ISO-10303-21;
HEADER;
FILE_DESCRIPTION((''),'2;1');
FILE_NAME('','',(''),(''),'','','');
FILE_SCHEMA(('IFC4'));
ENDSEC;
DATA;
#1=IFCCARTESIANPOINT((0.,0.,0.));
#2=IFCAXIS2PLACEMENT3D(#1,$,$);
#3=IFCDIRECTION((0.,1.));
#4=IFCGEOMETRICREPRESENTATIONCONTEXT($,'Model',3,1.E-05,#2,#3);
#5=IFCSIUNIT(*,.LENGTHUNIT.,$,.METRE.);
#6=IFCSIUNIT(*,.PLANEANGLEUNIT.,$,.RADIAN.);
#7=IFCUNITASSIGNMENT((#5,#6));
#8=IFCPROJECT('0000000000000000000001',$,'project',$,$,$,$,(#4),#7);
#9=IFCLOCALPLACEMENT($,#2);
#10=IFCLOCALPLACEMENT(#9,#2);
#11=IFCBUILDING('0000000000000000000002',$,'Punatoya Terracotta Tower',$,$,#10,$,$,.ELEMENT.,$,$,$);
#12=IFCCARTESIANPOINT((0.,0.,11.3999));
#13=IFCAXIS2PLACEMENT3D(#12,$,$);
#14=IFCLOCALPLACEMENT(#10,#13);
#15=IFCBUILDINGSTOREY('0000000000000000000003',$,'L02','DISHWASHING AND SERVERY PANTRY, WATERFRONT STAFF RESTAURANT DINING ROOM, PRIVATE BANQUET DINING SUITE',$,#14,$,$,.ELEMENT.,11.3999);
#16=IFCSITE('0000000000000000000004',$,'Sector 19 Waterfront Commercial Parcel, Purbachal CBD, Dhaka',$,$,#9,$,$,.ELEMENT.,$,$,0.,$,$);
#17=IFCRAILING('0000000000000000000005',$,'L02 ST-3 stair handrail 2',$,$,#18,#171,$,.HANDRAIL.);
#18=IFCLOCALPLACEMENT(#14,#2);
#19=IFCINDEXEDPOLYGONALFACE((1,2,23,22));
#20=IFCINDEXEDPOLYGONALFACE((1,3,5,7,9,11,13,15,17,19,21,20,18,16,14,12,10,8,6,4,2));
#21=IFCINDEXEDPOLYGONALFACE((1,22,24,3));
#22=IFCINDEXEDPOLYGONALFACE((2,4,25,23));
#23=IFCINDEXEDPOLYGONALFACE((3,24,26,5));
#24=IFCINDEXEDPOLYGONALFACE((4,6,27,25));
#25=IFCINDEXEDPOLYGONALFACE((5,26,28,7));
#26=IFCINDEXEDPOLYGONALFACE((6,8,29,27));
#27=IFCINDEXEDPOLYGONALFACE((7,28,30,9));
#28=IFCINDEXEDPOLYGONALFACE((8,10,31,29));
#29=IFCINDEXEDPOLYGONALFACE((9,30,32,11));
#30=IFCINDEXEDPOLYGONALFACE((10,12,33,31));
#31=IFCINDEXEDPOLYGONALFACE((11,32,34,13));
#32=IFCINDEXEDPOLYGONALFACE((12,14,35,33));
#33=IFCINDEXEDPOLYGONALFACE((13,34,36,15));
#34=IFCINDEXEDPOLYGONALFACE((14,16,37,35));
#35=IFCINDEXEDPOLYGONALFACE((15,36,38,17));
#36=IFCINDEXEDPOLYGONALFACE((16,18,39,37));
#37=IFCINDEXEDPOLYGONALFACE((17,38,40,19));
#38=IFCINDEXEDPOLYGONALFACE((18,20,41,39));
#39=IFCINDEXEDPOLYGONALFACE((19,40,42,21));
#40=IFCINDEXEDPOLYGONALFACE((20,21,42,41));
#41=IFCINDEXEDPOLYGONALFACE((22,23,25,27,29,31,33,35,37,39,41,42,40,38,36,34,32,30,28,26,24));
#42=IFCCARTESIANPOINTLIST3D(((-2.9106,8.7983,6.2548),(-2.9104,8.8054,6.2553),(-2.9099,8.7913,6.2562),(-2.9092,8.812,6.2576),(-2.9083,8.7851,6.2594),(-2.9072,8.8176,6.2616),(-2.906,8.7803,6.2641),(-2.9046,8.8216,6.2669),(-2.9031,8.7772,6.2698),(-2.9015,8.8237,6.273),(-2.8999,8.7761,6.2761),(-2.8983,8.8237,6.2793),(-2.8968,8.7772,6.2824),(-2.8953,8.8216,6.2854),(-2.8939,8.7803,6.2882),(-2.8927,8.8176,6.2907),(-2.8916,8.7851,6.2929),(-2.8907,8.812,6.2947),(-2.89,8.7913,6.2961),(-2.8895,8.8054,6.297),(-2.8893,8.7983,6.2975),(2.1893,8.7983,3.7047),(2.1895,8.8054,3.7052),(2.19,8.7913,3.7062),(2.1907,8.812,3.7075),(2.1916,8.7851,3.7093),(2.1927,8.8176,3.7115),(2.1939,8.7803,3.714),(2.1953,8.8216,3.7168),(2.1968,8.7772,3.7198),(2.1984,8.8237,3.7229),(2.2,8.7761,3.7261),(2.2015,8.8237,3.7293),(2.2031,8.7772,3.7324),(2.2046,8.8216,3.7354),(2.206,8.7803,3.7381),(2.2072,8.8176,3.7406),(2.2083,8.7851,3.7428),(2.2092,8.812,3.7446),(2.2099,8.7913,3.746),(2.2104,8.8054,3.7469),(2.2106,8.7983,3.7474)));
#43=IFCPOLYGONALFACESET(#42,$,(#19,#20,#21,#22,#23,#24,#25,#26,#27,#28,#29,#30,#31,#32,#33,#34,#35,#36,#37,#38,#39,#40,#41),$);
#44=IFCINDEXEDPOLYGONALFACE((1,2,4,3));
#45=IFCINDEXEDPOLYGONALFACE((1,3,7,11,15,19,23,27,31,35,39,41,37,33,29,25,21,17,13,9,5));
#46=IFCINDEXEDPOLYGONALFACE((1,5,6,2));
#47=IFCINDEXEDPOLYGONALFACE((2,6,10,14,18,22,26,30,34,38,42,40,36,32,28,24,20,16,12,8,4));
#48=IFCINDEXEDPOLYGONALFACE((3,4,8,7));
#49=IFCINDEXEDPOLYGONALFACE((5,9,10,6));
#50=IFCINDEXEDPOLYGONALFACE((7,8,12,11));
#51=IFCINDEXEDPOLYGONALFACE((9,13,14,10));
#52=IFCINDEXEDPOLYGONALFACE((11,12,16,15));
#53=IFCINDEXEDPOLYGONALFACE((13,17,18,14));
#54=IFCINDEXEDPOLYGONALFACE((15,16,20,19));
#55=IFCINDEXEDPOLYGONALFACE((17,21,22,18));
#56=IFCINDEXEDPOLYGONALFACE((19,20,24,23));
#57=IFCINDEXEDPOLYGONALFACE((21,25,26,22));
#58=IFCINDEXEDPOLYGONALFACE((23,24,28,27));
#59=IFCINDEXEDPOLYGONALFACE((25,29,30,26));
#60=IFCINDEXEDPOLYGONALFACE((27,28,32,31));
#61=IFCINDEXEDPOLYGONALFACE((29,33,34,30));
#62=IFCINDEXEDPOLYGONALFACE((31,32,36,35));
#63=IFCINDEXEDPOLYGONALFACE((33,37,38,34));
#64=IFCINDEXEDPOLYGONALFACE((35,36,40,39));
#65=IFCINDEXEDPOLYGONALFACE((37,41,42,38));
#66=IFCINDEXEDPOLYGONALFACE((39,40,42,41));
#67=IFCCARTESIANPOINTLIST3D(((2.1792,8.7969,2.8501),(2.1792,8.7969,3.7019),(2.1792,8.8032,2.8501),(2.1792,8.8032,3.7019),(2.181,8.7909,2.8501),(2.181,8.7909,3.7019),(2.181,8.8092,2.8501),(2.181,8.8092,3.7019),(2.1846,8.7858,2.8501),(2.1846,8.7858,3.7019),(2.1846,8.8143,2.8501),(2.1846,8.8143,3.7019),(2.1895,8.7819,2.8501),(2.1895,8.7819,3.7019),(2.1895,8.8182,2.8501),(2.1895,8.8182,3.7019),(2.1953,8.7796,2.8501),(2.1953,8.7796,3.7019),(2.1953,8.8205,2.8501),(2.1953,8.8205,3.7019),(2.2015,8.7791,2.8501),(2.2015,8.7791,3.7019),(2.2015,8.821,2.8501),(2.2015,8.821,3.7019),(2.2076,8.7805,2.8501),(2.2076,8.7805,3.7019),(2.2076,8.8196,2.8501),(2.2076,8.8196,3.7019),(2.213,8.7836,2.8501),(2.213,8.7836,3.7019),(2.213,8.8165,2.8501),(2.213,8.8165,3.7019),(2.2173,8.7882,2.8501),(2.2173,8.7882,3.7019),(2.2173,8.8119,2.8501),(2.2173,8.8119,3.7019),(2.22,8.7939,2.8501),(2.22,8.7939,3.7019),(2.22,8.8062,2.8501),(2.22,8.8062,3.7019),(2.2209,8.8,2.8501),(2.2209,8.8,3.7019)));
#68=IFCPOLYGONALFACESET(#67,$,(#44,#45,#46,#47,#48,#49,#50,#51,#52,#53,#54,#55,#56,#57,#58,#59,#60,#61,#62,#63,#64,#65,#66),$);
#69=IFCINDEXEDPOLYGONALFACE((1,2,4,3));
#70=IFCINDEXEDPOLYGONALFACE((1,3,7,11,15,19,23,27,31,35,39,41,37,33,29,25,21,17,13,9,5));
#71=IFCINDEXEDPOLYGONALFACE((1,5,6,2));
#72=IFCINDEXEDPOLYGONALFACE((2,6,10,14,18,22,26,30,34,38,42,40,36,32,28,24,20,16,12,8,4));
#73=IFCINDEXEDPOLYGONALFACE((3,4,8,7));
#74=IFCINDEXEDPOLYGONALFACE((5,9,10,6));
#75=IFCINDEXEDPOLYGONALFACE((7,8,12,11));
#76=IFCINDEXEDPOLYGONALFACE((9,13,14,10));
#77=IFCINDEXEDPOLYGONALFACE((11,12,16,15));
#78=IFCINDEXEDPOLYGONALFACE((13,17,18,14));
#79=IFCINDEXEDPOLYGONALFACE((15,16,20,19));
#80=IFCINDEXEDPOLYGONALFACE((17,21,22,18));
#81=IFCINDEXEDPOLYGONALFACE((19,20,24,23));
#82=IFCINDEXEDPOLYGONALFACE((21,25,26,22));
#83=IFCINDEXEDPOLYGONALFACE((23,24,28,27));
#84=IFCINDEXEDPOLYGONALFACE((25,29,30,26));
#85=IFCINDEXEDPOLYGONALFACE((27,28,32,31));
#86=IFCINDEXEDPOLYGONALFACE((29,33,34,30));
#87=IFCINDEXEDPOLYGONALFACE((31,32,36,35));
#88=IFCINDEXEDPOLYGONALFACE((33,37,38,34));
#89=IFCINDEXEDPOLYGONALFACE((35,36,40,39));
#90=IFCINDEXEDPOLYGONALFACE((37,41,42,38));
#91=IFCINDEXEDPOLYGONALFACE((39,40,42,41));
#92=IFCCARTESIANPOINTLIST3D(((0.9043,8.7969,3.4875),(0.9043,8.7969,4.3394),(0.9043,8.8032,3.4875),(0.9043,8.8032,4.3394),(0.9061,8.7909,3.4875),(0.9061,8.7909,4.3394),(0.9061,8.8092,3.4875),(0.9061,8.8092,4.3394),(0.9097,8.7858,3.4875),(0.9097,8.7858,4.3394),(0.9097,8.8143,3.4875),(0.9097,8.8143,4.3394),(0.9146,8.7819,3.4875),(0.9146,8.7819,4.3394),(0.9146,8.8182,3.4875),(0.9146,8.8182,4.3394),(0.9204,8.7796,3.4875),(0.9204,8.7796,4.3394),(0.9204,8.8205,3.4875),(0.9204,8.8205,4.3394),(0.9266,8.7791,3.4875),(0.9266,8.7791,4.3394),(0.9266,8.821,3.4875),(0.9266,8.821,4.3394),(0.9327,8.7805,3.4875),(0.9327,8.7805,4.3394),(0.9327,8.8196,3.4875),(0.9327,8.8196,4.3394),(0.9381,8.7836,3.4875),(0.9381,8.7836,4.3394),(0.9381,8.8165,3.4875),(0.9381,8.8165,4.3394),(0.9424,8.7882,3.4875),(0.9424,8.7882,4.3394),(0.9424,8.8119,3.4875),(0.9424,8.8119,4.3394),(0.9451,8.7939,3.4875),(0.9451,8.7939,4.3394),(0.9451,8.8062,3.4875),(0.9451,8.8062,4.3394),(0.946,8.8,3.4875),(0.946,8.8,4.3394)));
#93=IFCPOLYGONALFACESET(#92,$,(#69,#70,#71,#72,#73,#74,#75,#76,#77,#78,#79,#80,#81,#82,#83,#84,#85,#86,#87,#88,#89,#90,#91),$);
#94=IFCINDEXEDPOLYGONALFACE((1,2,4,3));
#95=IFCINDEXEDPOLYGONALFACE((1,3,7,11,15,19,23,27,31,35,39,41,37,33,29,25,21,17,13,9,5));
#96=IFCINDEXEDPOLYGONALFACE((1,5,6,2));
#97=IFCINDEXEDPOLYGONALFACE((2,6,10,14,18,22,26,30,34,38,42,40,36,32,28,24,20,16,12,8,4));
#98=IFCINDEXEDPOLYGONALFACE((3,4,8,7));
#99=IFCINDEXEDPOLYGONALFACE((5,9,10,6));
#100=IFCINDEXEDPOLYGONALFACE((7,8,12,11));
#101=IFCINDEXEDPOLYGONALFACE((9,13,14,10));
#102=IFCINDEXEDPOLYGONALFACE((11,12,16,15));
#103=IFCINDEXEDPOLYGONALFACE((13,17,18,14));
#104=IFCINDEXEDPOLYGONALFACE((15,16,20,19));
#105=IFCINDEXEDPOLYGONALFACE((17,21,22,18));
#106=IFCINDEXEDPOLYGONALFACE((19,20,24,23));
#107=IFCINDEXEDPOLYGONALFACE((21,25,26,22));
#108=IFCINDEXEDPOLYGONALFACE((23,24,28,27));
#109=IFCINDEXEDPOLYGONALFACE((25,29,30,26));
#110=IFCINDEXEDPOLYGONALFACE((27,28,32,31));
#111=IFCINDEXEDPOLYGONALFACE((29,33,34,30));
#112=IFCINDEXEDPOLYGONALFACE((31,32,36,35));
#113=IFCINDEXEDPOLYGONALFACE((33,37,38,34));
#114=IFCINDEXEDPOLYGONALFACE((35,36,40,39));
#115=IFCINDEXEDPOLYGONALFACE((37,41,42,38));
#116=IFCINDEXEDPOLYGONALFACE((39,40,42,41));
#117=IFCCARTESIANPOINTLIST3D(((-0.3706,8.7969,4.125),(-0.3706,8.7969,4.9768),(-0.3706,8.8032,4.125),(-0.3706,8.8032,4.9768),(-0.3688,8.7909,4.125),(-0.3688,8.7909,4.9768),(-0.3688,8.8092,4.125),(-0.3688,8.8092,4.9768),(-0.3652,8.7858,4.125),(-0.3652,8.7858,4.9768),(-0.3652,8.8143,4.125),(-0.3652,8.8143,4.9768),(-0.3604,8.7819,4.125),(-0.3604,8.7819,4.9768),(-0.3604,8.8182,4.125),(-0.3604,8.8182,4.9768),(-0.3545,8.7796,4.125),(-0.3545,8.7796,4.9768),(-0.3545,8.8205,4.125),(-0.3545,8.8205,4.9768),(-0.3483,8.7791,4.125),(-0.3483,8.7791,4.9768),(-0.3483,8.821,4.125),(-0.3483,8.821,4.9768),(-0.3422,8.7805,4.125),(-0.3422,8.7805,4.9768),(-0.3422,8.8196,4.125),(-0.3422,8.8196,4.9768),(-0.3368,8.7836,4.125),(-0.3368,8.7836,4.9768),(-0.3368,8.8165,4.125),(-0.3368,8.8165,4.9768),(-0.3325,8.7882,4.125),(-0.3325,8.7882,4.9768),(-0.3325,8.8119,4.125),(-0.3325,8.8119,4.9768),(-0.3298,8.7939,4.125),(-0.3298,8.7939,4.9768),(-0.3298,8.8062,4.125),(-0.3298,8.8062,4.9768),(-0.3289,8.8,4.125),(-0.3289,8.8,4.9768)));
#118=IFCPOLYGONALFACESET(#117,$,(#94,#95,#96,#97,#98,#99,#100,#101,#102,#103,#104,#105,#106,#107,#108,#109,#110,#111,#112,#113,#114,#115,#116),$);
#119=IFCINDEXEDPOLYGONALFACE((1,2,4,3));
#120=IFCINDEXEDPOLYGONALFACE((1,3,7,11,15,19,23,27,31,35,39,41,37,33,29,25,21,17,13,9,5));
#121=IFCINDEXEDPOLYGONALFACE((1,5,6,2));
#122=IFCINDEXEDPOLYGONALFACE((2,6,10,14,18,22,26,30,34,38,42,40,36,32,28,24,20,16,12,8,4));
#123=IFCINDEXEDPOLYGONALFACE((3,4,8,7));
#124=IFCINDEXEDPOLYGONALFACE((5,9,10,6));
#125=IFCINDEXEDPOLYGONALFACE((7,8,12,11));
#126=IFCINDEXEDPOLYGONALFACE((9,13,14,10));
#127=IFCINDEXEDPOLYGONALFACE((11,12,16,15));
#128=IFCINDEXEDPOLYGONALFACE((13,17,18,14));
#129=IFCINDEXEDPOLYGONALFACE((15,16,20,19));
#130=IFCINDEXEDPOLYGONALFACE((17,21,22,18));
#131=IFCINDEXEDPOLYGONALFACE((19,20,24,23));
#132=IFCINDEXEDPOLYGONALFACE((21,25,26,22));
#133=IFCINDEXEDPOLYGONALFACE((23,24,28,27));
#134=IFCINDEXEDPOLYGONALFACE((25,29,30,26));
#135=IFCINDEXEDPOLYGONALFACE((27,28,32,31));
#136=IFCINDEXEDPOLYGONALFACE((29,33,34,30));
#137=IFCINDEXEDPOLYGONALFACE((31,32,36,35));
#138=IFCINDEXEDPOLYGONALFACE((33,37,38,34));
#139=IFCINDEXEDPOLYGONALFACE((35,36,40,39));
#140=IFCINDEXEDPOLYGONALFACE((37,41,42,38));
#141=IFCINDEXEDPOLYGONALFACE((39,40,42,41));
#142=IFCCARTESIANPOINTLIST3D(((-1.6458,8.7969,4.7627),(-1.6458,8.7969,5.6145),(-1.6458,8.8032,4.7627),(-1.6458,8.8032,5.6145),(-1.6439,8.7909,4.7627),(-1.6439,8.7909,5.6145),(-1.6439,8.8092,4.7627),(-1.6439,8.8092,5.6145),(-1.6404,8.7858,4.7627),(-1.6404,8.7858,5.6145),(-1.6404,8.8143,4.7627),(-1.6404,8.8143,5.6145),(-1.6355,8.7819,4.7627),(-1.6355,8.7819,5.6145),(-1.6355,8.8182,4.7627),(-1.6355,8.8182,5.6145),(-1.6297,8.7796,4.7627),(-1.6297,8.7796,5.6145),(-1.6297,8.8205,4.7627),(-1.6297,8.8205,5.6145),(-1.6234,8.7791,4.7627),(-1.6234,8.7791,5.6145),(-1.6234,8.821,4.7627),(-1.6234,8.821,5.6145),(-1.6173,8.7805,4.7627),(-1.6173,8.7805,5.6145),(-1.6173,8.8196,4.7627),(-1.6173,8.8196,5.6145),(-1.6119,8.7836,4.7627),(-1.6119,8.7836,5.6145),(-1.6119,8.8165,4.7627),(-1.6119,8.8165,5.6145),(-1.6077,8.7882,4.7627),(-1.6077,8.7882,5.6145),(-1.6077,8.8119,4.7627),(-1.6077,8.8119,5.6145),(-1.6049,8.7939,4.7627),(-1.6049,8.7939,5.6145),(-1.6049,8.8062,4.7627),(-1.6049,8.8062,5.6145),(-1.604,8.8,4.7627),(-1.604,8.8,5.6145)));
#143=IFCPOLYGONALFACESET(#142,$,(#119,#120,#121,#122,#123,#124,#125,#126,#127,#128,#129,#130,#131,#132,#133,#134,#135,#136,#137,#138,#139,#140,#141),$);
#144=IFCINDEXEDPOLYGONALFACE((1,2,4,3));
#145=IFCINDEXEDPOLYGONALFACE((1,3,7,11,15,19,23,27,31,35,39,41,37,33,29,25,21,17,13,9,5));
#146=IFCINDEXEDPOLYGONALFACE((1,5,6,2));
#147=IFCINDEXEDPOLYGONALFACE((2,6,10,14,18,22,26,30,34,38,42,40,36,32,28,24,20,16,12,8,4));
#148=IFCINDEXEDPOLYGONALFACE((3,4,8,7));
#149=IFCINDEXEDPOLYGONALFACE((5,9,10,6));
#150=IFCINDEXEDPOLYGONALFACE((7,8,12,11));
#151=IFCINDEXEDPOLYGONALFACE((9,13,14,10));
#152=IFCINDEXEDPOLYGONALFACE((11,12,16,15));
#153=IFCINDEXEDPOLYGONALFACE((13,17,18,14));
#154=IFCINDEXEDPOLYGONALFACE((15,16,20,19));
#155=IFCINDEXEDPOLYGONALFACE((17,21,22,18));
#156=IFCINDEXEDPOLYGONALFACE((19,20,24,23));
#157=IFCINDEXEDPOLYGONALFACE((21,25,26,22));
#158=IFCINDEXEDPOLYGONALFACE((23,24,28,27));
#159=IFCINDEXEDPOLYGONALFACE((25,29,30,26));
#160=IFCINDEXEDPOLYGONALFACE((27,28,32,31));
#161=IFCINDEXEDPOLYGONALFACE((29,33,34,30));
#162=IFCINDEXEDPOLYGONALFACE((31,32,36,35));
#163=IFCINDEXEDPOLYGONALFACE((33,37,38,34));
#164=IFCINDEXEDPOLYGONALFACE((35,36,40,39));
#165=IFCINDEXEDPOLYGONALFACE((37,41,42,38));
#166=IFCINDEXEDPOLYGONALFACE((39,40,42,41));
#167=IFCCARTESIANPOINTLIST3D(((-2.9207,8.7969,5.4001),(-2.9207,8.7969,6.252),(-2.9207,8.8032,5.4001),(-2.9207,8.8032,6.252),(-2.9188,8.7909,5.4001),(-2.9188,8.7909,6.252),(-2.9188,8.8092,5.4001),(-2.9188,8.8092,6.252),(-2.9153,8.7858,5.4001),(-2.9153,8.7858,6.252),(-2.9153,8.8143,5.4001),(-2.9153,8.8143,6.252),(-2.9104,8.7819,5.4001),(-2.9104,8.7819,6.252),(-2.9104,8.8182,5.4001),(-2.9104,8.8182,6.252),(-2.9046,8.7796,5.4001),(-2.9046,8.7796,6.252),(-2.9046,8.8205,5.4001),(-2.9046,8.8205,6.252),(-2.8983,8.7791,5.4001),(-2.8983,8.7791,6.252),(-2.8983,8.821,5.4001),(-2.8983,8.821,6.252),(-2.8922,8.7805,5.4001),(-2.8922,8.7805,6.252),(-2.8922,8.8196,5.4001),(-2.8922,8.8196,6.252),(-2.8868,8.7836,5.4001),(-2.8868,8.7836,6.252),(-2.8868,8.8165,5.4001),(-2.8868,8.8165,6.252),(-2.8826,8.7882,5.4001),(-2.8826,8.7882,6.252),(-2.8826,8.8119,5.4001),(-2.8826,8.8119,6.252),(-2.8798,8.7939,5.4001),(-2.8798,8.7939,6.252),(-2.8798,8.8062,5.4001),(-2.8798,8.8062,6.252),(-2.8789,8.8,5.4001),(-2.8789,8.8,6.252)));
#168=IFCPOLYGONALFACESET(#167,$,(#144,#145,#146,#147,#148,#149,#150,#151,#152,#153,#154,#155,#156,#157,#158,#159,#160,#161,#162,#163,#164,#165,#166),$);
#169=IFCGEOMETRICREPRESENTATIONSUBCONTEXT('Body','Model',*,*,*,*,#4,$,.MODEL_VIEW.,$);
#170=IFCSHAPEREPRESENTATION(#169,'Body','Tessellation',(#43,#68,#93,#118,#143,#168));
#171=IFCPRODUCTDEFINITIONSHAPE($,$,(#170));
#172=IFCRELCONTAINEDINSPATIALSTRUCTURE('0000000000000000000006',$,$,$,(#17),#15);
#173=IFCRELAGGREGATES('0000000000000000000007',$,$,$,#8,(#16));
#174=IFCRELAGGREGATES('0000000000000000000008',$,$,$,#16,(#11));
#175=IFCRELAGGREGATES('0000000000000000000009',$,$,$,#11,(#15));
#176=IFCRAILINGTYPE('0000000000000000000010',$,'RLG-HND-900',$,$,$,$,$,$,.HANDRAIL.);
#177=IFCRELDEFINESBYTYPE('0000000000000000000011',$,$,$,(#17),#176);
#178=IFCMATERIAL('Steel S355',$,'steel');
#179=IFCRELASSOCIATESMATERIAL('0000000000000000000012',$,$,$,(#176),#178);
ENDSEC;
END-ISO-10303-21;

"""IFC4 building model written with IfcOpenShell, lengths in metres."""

from ifc_helpers import new_model, si_unit, direction, frame, origin, origin_2d, place, context, subcontext, project, spatial, circle, extrude, material, type_object, element, save


model = new_model("IFC4")

# Units and contexts
model_context = context("Model", 3, precision=1e-05, world=origin(), true_north=direction((0.0, 1.0)))
body_context = subcontext(model_context, "Body", "Model", "MODEL_VIEW")
ifc_project = project(units=[si_unit("LENGTHUNIT", "METRE"), si_unit("PLANEANGLEUNIT", "RADIAN")], contexts=[model_context])

# Site, building, storey
site_placement = place(None, origin())
site = spatial("IfcSite", under=ifc_project, at=site_placement, Name="Sector 19 Waterfront Commercial Parcel, Purbachal CBD, Dhaka", CompositionType="ELEMENT", RefElevation=0.0)
building_placement = place(site_placement, origin())
building = spatial("IfcBuilding", under=site, at=building_placement, Name="Punatoya Terracotta Tower", CompositionType="ELEMENT")
storey_placement = place(building_placement, frame((0.0, 0.0, 11.3999)))
storey = spatial("IfcBuildingStorey", under=building, at=storey_placement, Name="L02", Description="DISHWASHING AND SERVERY PANTRY, WATERFRONT STAFF RESTAURANT DINING ROOM, PRIVATE BANQUET DINING SUITE", CompositionType="ELEMENT", Elevation=11.3999)

# Shared definitions
ifc_material_1 = material(Name="Steel S355", Category="steel")

# Railing
railing_type_1 = type_object("IfcRailingType", Name="RLG-HND-900", PredefinedType="HANDRAIL", material=ifc_material_1)
railing_1_placement = place(storey_placement, frame((2.2, 8.8, 2.8501)))
element("IfcRailing", 1, at=railing_1_placement, inside=storey, type_object=railing_type_1, Name="L02 ST-3 stair handrail 2", PredefinedType="HANDRAIL", context=body_context, shape_type="SweptSolid", body=[
    extrude(circle(Radius=0.0239, at=origin_2d()), frame((0.0, 0.0, 0.876), z_axis=(-0.894419, 0.0, 0.447231), x_axis=(0.0, -1.0, 0.0)), (0.0, 0.0, 1.0), 5.7019),
    extrude(circle(Radius=0.021, at=origin_2d()), origin(), (0.0, 0.0, 1.0), 0.8518),
    extrude(circle(Radius=0.021, at=origin_2d()), frame((-1.2749, 0.0, 0.6375)), (0.0, 0.0, 1.0), 0.8518),
    extrude(circle(Radius=0.021, at=origin_2d()), frame((-2.5498, 0.0, 1.2749)), (0.0, 0.0, 1.0), 0.8518),
    extrude(circle(Radius=0.021, at=origin_2d()), frame((-3.825, 0.0, 1.9126)), (0.0, 0.0, 1.0), 0.8518),
    extrude(circle(Radius=0.021, at=origin_2d()), frame((-5.0999, 0.0, 2.55)), (0.0, 0.0, 1.0), 0.8518),
])

save(model, "model.ifc")
